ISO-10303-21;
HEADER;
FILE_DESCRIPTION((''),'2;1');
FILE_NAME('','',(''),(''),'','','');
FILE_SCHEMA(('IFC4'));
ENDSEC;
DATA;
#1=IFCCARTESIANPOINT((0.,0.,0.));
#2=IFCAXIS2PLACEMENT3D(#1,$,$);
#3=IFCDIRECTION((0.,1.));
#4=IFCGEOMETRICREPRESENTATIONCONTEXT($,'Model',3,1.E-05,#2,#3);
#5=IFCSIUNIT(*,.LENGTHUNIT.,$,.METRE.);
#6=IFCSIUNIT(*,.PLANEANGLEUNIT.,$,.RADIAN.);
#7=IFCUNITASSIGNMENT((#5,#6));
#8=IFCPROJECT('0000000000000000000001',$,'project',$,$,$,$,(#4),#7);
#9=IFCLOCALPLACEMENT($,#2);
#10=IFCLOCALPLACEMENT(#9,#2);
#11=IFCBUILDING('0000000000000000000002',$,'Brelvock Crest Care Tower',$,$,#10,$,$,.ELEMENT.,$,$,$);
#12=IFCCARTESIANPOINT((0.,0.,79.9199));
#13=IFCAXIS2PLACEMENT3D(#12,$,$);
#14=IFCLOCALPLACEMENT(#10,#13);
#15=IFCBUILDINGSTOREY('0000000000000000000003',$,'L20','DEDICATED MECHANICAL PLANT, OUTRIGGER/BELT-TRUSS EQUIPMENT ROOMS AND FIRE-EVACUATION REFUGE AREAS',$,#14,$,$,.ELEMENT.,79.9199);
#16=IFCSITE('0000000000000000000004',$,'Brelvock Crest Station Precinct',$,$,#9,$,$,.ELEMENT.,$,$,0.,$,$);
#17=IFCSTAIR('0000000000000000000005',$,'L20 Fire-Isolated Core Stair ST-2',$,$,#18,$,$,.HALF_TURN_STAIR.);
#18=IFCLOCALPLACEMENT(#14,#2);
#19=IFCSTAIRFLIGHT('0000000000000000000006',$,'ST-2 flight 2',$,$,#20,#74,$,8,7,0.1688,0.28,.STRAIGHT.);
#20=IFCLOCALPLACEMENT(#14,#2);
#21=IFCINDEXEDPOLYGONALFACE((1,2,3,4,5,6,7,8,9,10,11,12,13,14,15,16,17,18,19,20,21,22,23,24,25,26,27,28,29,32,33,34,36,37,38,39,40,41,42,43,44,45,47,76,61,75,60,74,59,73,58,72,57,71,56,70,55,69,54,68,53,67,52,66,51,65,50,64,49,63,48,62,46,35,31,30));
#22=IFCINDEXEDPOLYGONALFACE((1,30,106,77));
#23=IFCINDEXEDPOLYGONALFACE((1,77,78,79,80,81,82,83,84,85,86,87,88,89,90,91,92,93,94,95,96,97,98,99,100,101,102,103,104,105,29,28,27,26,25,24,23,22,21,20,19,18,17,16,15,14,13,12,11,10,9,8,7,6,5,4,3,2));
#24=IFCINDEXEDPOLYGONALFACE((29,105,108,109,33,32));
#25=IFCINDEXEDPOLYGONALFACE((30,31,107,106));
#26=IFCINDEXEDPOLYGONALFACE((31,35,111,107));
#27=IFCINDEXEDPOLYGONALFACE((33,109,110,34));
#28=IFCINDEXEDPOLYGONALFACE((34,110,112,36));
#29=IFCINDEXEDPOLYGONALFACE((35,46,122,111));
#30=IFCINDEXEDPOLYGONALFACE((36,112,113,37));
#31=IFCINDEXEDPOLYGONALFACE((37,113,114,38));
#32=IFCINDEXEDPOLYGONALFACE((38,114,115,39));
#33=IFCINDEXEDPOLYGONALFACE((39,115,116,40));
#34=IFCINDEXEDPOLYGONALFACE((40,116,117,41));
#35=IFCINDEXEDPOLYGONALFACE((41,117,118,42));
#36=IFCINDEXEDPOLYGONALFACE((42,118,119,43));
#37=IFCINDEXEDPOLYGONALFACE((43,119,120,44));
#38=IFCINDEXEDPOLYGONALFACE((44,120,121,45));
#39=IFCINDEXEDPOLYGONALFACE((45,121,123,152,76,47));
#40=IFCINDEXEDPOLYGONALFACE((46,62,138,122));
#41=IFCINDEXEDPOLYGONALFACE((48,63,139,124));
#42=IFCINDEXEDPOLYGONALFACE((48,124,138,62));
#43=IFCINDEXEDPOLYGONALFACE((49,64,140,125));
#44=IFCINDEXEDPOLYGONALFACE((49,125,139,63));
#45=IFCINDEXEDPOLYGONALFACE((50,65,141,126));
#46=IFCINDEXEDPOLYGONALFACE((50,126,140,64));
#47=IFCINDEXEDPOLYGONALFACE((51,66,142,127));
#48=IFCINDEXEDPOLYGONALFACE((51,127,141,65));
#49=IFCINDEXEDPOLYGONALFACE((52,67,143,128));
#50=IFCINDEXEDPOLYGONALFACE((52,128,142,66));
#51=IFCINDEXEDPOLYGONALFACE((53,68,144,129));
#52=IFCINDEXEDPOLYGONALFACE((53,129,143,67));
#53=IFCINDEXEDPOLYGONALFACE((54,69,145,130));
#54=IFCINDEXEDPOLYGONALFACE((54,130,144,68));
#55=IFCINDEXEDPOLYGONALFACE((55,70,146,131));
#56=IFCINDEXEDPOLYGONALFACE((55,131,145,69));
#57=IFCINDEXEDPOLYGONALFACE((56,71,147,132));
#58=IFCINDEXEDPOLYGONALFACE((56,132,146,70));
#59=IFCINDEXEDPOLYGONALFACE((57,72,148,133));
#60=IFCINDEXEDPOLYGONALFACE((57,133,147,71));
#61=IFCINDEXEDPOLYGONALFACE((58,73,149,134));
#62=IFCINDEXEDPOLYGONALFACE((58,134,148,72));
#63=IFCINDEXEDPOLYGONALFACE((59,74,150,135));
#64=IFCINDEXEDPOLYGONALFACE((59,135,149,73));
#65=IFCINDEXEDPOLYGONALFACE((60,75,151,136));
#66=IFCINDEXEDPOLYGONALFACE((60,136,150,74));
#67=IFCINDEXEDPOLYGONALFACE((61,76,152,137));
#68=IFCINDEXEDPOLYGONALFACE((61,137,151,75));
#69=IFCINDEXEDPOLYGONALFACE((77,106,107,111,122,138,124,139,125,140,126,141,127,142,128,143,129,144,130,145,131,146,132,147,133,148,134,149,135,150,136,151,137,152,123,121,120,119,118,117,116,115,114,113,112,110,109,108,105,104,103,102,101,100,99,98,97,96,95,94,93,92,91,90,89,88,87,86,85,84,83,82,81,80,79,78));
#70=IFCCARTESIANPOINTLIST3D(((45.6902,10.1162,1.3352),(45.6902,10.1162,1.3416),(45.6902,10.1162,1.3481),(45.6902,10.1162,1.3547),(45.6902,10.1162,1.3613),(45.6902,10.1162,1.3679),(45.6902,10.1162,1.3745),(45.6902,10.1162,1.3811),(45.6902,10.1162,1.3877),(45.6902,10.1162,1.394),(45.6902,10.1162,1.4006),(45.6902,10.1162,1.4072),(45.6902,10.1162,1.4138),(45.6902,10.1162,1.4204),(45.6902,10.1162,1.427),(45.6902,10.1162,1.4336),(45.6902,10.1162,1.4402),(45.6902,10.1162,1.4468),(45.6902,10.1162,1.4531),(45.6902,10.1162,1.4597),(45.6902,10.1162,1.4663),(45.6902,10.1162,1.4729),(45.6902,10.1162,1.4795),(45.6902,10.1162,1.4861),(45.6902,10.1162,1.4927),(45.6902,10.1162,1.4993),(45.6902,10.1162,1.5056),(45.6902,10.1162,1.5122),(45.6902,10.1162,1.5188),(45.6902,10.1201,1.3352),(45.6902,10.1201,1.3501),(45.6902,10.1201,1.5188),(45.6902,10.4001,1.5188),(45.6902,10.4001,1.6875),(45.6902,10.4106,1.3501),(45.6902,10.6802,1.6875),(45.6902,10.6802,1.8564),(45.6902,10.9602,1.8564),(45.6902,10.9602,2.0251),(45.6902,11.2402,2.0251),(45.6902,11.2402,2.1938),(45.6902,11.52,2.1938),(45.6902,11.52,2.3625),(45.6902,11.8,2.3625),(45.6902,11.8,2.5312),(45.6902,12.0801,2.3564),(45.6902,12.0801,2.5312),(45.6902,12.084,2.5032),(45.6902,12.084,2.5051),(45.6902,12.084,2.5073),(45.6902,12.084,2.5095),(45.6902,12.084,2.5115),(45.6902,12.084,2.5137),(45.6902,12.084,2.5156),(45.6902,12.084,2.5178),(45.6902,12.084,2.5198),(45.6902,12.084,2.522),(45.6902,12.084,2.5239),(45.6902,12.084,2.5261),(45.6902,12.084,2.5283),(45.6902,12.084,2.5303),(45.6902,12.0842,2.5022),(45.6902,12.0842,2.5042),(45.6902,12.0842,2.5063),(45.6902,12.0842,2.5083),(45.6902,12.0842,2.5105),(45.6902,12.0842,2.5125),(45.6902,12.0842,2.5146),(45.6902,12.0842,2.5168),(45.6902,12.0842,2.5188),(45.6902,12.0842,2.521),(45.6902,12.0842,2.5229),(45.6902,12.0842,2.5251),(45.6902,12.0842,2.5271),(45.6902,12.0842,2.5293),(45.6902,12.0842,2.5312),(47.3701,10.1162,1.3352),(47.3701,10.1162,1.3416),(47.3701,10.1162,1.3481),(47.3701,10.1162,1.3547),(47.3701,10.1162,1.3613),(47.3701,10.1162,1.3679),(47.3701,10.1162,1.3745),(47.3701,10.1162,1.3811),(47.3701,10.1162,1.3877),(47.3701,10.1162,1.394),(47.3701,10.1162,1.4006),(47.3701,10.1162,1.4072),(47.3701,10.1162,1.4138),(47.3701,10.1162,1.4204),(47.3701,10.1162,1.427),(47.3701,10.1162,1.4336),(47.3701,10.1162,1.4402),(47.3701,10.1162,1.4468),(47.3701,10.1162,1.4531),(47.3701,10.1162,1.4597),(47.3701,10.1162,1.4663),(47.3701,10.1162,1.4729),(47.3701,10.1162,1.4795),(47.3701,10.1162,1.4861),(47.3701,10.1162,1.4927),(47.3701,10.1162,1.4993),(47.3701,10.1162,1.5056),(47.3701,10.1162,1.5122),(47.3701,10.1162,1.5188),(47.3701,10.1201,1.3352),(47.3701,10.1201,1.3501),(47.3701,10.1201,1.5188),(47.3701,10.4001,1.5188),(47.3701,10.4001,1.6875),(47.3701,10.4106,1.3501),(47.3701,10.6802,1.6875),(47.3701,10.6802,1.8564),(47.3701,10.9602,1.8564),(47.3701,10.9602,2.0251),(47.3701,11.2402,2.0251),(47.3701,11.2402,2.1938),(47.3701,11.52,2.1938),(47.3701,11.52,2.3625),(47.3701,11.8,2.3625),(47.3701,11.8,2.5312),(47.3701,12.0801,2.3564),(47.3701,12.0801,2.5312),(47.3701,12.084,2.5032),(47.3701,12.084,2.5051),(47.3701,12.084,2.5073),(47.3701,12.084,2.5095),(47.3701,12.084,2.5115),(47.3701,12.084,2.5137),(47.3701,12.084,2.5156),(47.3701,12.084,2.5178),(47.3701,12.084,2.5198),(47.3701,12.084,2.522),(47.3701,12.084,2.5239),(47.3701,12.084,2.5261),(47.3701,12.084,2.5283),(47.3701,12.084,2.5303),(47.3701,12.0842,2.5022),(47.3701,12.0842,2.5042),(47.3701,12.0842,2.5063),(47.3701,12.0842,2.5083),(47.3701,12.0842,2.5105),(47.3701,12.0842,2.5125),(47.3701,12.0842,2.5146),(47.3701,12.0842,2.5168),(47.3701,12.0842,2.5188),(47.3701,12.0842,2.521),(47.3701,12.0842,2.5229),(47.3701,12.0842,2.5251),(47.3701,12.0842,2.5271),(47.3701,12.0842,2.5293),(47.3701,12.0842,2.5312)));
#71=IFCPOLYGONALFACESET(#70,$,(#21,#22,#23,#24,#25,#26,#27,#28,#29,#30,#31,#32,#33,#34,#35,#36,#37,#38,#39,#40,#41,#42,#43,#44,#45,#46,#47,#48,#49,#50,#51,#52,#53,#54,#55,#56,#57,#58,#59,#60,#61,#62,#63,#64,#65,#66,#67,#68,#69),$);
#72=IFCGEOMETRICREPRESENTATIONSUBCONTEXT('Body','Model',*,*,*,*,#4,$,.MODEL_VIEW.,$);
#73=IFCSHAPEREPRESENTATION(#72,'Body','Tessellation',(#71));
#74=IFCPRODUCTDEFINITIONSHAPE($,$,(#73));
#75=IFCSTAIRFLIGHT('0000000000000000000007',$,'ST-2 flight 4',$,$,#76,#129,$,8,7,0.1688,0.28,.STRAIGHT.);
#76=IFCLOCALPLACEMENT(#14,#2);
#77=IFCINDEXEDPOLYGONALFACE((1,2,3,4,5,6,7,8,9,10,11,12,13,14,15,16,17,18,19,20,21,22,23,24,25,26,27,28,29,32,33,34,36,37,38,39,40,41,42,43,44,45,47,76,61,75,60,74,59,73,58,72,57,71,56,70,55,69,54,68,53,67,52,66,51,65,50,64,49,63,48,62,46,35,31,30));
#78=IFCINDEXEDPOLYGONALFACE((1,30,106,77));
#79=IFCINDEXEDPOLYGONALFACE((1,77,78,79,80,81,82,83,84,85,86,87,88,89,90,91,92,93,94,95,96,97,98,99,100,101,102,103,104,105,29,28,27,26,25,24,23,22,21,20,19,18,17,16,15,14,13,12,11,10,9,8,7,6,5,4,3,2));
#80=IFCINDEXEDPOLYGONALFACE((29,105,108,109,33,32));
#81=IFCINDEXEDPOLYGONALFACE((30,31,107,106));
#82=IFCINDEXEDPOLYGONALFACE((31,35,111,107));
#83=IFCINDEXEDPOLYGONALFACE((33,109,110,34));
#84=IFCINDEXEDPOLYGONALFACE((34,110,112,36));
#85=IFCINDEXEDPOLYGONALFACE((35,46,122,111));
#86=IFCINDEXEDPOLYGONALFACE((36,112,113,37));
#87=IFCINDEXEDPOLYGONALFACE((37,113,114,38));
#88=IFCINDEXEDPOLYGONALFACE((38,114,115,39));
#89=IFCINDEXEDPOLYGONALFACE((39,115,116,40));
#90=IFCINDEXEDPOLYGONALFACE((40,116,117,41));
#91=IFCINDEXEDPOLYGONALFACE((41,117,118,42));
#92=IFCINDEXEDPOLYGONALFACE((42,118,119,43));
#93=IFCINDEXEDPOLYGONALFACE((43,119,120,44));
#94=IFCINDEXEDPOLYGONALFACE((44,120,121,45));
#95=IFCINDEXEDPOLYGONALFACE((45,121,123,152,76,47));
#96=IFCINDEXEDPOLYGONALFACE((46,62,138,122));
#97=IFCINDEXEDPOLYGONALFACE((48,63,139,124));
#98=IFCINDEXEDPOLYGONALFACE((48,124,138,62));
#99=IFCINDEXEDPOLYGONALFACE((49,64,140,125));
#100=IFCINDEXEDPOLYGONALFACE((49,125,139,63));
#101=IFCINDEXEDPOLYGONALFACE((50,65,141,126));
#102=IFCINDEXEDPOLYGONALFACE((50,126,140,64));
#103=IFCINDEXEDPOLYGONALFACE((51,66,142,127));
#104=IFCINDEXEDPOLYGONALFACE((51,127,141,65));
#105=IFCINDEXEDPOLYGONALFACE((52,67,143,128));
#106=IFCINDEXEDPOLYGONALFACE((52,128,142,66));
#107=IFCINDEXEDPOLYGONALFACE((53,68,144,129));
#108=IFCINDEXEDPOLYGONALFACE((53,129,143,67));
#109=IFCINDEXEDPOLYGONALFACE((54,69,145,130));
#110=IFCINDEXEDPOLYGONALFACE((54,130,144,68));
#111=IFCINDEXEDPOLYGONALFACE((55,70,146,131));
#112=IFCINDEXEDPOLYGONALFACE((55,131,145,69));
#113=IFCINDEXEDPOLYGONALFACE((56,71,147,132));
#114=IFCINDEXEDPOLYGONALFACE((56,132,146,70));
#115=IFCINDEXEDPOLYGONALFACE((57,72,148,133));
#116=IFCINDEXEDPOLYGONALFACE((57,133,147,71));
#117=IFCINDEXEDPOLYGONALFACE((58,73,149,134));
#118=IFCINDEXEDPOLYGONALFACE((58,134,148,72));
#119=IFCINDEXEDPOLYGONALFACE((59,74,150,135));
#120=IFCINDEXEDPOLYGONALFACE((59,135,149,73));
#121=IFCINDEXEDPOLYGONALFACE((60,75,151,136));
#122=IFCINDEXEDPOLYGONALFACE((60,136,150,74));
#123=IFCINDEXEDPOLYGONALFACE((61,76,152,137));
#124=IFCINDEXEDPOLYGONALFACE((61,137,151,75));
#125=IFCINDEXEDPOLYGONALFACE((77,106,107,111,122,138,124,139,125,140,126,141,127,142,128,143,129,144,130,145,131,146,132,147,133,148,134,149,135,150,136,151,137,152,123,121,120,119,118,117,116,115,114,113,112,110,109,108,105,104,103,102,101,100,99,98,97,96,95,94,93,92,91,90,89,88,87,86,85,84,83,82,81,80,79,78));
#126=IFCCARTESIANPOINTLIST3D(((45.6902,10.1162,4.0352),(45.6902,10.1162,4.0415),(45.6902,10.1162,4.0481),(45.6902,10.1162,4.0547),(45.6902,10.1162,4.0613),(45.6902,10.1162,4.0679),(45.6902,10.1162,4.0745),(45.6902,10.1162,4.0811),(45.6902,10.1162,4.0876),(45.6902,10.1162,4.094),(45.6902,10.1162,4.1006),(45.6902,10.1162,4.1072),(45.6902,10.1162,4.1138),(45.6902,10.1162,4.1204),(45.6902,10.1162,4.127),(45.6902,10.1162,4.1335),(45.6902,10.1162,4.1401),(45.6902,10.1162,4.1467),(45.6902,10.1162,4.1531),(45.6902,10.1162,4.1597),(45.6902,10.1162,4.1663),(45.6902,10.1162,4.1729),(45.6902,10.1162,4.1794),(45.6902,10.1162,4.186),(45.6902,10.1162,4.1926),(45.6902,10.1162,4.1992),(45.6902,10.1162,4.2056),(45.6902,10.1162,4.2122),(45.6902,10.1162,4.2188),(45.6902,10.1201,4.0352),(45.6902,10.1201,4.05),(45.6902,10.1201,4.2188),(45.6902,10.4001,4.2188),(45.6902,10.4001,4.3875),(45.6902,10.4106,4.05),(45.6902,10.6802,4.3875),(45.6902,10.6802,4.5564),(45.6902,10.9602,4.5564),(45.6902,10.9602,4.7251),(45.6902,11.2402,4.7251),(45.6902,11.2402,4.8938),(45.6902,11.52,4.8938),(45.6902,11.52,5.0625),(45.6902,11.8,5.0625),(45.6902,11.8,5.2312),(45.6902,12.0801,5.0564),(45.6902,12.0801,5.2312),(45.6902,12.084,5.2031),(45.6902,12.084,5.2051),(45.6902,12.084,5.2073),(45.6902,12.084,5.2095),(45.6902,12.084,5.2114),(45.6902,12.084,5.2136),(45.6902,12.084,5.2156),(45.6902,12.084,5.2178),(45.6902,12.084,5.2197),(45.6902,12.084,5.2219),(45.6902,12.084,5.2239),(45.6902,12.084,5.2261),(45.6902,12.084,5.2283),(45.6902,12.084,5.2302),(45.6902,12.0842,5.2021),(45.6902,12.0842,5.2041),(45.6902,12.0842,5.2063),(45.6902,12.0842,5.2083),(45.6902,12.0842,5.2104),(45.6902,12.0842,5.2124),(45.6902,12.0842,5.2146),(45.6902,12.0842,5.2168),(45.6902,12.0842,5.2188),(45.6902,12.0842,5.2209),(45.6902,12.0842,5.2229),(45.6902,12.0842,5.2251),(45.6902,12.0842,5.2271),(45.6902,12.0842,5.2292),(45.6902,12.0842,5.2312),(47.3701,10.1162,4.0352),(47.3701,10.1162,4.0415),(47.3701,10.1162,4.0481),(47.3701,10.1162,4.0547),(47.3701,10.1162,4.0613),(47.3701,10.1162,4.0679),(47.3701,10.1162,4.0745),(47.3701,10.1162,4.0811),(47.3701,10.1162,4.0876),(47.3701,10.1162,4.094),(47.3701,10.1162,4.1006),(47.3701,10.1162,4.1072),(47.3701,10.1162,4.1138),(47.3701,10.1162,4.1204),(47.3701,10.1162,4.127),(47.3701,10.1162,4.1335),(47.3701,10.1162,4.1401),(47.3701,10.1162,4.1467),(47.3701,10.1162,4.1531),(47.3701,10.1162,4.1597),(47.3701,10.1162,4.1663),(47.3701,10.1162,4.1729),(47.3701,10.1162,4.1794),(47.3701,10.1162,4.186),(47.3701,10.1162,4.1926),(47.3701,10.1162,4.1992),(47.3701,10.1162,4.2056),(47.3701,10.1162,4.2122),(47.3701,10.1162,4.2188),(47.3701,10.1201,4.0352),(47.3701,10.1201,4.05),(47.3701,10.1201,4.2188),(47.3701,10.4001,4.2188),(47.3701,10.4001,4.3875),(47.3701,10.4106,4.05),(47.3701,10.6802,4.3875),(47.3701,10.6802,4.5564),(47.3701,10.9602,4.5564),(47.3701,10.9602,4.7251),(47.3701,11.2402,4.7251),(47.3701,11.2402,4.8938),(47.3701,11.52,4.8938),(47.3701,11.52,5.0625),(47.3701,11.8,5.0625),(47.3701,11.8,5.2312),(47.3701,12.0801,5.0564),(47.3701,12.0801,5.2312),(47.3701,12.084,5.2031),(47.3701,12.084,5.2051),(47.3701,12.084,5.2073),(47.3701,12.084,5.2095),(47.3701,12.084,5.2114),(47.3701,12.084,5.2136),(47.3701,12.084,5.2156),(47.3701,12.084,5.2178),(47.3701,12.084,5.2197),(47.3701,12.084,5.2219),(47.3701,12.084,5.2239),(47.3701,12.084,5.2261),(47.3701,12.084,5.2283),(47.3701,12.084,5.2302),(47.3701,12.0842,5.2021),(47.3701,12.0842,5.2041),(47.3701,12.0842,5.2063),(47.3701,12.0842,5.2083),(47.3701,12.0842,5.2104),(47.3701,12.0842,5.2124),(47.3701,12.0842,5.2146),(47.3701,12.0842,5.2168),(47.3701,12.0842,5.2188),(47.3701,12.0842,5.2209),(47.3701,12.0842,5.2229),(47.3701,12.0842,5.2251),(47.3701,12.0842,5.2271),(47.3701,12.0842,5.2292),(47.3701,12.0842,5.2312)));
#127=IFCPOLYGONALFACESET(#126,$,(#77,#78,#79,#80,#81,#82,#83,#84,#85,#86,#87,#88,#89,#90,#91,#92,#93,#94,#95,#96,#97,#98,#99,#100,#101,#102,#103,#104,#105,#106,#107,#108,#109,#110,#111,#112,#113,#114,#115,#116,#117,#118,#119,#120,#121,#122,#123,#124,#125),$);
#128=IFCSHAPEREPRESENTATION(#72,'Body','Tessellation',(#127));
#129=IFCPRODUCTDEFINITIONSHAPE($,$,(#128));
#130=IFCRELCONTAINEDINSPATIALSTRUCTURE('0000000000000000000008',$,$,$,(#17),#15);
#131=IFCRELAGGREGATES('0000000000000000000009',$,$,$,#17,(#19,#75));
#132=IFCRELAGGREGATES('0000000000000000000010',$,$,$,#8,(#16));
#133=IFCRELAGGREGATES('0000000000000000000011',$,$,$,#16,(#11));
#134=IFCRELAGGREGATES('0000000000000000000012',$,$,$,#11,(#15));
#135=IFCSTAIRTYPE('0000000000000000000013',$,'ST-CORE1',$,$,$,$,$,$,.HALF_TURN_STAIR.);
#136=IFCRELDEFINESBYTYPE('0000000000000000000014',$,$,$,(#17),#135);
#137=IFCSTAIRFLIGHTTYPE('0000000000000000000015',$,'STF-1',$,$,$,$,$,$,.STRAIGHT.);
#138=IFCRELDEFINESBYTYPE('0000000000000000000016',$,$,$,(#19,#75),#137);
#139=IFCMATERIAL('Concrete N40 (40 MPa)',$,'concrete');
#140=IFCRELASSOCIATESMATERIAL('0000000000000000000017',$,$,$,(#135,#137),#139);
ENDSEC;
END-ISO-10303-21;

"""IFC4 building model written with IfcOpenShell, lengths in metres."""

from ifc_helpers import new_model, si_unit, direction, frame, origin, place, context, subcontext, project, spatial, polyline, outline, extrude, material, type_object, element, aggregate, save


model = new_model("IFC4")

# Units and contexts
model_context = context("Model", 3, precision=1e-05, world=origin(), true_north=direction((0.0, 1.0)))
body_context = subcontext(model_context, "Body", "Model", "MODEL_VIEW")
ifc_project = project(units=[si_unit("LENGTHUNIT", "METRE"), si_unit("PLANEANGLEUNIT", "RADIAN")], contexts=[model_context])

# Site, building, storey
site_placement = place(None, origin())
site = spatial("IfcSite", under=ifc_project, at=site_placement, Name="Brelvock Crest Station Precinct", CompositionType="ELEMENT", RefElevation=0.0)
building_placement = place(site_placement, origin())
building = spatial("IfcBuilding", under=site, at=building_placement, Name="Brelvock Crest Care Tower", CompositionType="ELEMENT")
storey_placement = place(building_placement, frame((0.0, 0.0, 79.9199)))
storey = spatial("IfcBuildingStorey", under=building, at=storey_placement, Name="L20", Description="DEDICATED MECHANICAL PLANT, OUTRIGGER/BELT-TRUSS EQUIPMENT ROOMS AND FIRE-EVACUATION REFUGE AREAS", CompositionType="ELEMENT", Elevation=79.9199)

# Stair, stair flights
ifc_material_1 = material(Name="Concrete N40 (40 MPa)", Category="concrete")
stair_type = type_object("IfcStairType", Name="ST-CORE1", PredefinedType="HALF_TURN_STAIR", material=ifc_material_1)
stair_placement = place(storey_placement, origin())
stair = element("IfcStair", 1, at=stair_placement, inside=storey, type_object=stair_type, Name="L20 Fire-Isolated Core Stair ST-2", PredefinedType="HALF_TURN_STAIR")
stair_flight_type = type_object("IfcStairFlightType", Name="STF-1", PredefinedType="STRAIGHT", material=ifc_material_1)
stair_flight_1_placement = place(storey_placement, frame((46.53, 10.1201, 1.3501), z_axis=(0.0, 0.0, 1.0), x_axis=(0.0, 1.0, 0.0)))
stair_flight_1 = element("IfcStairFlight", 2, at=stair_flight_1_placement, type_object=stair_flight_type, Name="ST-2 flight 2", NumberOfRisers=8, NumberOfTreads=7, PredefinedType="STRAIGHT", RiserHeight=0.1688, TreadLength=0.28, context=body_context, shape_type="SweptSolid", body=[
    extrude(outline(polyline([(-0.0039, -0.0149), (-0.0039, -0.0085), (-0.0039, -0.002), (-0.0039, 0.0046), (-0.0039, 0.0112), (-0.0039, 0.0178), (-0.0039, 0.0244), (-0.0039, 0.031), (-0.0039, 0.0376), (-0.0039, 0.0439), (-0.0039, 0.0505), (-0.0039, 0.0571), (-0.0039, 0.0637), (-0.0039, 0.0703), (-0.0039, 0.0769), (-0.0039, 0.0835), (-0.0039, 0.0901), (-0.0039, 0.0967), (-0.0039, 0.103), (-0.0039, 0.1096), (-0.0039, 0.1162), (-0.0039, 0.1228), (-0.0039, 0.1294), (-0.0039, 0.136), (-0.0039, 0.1426), (-0.0039, 0.1492), (-0.0039, 0.1555), (-0.0039, 0.1621), (-0.0039, 0.1687), (0.0, 0.1687), (0.28, 0.1687), (0.28, 0.3374), (0.5601, 0.3374), (0.5601, 0.5063), (0.8401, 0.5063), (0.8401, 0.675), (1.1201, 0.675), (1.1201, 0.8438), (1.3999, 0.8438), (1.3999, 1.0125), (1.6799, 1.0125), (1.6799, 1.1812), (1.96, 1.1812), (1.9641, 1.1812), (1.9639, 1.1802), (1.9641, 1.1792), (1.9639, 1.1782), (1.9641, 1.177), (1.9639, 1.176), (1.9641, 1.175), (1.9639, 1.1738), (1.9641, 1.1729), (1.9639, 1.1719), (1.9641, 1.1709), (1.9639, 1.1697), (1.9641, 1.1687), (1.9639, 1.1677), (1.9641, 1.1667), (1.9639, 1.1655), (1.9641, 1.1646), (1.9639, 1.1636), (1.9641, 1.1624), (1.9639, 1.1614), (1.9641, 1.1604), (1.9639, 1.1594), (1.9641, 1.1582), (1.9639, 1.1572), (1.9641, 1.1562), (1.9639, 1.155), (1.9641, 1.1541), (1.9639, 1.1531), (1.9641, 1.1521), (1.96, 1.0063), (0.2905, 0.0), (0.0, 0.0), (0.0, -0.0149), (-0.0039, -0.0149)])), frame((0.0, 0.8398, 0.0), z_axis=(0.0, -1.0, 0.0), x_axis=(1.0, 0.0, 0.0)), (0.0, 0.0, 1.0), 1.6799),
])
stair_flight_2_placement = place(storey_placement, frame((46.53, 10.1201, 4.05), z_axis=(0.0, 0.0, 1.0), x_axis=(0.0, 1.0, 0.0)))
stair_flight_2 = element("IfcStairFlight", 3, at=stair_flight_2_placement, type_object=stair_flight_type, Name="ST-2 flight 4", NumberOfRisers=8, NumberOfTreads=7, PredefinedType="STRAIGHT", RiserHeight=0.1688, TreadLength=0.28, context=body_context, shape_type="SweptSolid", body=[
    extrude(outline(polyline([(-0.0039, -0.0149), (-0.0039, -0.0085), (-0.0039, -0.002), (-0.0039, 0.0046), (-0.0039, 0.0112), (-0.0039, 0.0178), (-0.0039, 0.0244), (-0.0039, 0.031), (-0.0039, 0.0376), (-0.0039, 0.0439), (-0.0039, 0.0505), (-0.0039, 0.0571), (-0.0039, 0.0637), (-0.0039, 0.0703), (-0.0039, 0.0769), (-0.0039, 0.0835), (-0.0039, 0.0901), (-0.0039, 0.0967), (-0.0039, 0.103), (-0.0039, 0.1096), (-0.0039, 0.1162), (-0.0039, 0.1228), (-0.0039, 0.1294), (-0.0039, 0.136), (-0.0039, 0.1426), (-0.0039, 0.1492), (-0.0039, 0.1555), (-0.0039, 0.1621), (-0.0039, 0.1687), (0.0, 0.1687), (0.28, 0.1687), (0.28, 0.3374), (0.5601, 0.3374), (0.5601, 0.5063), (0.8401, 0.5063), (0.8401, 0.675), (1.1201, 0.675), (1.1201, 0.8438), (1.3999, 0.8438), (1.3999, 1.0125), (1.6799, 1.0125), (1.6799, 1.1812), (1.96, 1.1812), (1.9641, 1.1812), (1.9639, 1.1802), (1.9641, 1.1792), (1.9639, 1.1782), (1.9641, 1.177), (1.9639, 1.176), (1.9641, 1.175), (1.9639, 1.1738), (1.9641, 1.1729), (1.9639, 1.1719), (1.9641, 1.1709), (1.9639, 1.1697), (1.9641, 1.1687), (1.9639, 1.1677), (1.9641, 1.1667), (1.9639, 1.1655), (1.9641, 1.1646), (1.9639, 1.1636), (1.9641, 1.1624), (1.9639, 1.1614), (1.9641, 1.1604), (1.9639, 1.1594), (1.9641, 1.1582), (1.9639, 1.1572), (1.9641, 1.1562), (1.9639, 1.155), (1.9641, 1.1541), (1.9639, 1.1531), (1.9641, 1.1521), (1.96, 1.0063), (0.2905, 0.0), (0.0, 0.0), (0.0, -0.0149), (-0.0039, -0.0149)])), frame((0.0, 0.8398, 0.0), z_axis=(0.0, -1.0, 0.0), x_axis=(1.0, 0.0, 0.0)), (0.0, 0.0, 1.0), 1.6799),
])
aggregate(stair, [stair_flight_1, stair_flight_2])

save(model, "model.ifc")
